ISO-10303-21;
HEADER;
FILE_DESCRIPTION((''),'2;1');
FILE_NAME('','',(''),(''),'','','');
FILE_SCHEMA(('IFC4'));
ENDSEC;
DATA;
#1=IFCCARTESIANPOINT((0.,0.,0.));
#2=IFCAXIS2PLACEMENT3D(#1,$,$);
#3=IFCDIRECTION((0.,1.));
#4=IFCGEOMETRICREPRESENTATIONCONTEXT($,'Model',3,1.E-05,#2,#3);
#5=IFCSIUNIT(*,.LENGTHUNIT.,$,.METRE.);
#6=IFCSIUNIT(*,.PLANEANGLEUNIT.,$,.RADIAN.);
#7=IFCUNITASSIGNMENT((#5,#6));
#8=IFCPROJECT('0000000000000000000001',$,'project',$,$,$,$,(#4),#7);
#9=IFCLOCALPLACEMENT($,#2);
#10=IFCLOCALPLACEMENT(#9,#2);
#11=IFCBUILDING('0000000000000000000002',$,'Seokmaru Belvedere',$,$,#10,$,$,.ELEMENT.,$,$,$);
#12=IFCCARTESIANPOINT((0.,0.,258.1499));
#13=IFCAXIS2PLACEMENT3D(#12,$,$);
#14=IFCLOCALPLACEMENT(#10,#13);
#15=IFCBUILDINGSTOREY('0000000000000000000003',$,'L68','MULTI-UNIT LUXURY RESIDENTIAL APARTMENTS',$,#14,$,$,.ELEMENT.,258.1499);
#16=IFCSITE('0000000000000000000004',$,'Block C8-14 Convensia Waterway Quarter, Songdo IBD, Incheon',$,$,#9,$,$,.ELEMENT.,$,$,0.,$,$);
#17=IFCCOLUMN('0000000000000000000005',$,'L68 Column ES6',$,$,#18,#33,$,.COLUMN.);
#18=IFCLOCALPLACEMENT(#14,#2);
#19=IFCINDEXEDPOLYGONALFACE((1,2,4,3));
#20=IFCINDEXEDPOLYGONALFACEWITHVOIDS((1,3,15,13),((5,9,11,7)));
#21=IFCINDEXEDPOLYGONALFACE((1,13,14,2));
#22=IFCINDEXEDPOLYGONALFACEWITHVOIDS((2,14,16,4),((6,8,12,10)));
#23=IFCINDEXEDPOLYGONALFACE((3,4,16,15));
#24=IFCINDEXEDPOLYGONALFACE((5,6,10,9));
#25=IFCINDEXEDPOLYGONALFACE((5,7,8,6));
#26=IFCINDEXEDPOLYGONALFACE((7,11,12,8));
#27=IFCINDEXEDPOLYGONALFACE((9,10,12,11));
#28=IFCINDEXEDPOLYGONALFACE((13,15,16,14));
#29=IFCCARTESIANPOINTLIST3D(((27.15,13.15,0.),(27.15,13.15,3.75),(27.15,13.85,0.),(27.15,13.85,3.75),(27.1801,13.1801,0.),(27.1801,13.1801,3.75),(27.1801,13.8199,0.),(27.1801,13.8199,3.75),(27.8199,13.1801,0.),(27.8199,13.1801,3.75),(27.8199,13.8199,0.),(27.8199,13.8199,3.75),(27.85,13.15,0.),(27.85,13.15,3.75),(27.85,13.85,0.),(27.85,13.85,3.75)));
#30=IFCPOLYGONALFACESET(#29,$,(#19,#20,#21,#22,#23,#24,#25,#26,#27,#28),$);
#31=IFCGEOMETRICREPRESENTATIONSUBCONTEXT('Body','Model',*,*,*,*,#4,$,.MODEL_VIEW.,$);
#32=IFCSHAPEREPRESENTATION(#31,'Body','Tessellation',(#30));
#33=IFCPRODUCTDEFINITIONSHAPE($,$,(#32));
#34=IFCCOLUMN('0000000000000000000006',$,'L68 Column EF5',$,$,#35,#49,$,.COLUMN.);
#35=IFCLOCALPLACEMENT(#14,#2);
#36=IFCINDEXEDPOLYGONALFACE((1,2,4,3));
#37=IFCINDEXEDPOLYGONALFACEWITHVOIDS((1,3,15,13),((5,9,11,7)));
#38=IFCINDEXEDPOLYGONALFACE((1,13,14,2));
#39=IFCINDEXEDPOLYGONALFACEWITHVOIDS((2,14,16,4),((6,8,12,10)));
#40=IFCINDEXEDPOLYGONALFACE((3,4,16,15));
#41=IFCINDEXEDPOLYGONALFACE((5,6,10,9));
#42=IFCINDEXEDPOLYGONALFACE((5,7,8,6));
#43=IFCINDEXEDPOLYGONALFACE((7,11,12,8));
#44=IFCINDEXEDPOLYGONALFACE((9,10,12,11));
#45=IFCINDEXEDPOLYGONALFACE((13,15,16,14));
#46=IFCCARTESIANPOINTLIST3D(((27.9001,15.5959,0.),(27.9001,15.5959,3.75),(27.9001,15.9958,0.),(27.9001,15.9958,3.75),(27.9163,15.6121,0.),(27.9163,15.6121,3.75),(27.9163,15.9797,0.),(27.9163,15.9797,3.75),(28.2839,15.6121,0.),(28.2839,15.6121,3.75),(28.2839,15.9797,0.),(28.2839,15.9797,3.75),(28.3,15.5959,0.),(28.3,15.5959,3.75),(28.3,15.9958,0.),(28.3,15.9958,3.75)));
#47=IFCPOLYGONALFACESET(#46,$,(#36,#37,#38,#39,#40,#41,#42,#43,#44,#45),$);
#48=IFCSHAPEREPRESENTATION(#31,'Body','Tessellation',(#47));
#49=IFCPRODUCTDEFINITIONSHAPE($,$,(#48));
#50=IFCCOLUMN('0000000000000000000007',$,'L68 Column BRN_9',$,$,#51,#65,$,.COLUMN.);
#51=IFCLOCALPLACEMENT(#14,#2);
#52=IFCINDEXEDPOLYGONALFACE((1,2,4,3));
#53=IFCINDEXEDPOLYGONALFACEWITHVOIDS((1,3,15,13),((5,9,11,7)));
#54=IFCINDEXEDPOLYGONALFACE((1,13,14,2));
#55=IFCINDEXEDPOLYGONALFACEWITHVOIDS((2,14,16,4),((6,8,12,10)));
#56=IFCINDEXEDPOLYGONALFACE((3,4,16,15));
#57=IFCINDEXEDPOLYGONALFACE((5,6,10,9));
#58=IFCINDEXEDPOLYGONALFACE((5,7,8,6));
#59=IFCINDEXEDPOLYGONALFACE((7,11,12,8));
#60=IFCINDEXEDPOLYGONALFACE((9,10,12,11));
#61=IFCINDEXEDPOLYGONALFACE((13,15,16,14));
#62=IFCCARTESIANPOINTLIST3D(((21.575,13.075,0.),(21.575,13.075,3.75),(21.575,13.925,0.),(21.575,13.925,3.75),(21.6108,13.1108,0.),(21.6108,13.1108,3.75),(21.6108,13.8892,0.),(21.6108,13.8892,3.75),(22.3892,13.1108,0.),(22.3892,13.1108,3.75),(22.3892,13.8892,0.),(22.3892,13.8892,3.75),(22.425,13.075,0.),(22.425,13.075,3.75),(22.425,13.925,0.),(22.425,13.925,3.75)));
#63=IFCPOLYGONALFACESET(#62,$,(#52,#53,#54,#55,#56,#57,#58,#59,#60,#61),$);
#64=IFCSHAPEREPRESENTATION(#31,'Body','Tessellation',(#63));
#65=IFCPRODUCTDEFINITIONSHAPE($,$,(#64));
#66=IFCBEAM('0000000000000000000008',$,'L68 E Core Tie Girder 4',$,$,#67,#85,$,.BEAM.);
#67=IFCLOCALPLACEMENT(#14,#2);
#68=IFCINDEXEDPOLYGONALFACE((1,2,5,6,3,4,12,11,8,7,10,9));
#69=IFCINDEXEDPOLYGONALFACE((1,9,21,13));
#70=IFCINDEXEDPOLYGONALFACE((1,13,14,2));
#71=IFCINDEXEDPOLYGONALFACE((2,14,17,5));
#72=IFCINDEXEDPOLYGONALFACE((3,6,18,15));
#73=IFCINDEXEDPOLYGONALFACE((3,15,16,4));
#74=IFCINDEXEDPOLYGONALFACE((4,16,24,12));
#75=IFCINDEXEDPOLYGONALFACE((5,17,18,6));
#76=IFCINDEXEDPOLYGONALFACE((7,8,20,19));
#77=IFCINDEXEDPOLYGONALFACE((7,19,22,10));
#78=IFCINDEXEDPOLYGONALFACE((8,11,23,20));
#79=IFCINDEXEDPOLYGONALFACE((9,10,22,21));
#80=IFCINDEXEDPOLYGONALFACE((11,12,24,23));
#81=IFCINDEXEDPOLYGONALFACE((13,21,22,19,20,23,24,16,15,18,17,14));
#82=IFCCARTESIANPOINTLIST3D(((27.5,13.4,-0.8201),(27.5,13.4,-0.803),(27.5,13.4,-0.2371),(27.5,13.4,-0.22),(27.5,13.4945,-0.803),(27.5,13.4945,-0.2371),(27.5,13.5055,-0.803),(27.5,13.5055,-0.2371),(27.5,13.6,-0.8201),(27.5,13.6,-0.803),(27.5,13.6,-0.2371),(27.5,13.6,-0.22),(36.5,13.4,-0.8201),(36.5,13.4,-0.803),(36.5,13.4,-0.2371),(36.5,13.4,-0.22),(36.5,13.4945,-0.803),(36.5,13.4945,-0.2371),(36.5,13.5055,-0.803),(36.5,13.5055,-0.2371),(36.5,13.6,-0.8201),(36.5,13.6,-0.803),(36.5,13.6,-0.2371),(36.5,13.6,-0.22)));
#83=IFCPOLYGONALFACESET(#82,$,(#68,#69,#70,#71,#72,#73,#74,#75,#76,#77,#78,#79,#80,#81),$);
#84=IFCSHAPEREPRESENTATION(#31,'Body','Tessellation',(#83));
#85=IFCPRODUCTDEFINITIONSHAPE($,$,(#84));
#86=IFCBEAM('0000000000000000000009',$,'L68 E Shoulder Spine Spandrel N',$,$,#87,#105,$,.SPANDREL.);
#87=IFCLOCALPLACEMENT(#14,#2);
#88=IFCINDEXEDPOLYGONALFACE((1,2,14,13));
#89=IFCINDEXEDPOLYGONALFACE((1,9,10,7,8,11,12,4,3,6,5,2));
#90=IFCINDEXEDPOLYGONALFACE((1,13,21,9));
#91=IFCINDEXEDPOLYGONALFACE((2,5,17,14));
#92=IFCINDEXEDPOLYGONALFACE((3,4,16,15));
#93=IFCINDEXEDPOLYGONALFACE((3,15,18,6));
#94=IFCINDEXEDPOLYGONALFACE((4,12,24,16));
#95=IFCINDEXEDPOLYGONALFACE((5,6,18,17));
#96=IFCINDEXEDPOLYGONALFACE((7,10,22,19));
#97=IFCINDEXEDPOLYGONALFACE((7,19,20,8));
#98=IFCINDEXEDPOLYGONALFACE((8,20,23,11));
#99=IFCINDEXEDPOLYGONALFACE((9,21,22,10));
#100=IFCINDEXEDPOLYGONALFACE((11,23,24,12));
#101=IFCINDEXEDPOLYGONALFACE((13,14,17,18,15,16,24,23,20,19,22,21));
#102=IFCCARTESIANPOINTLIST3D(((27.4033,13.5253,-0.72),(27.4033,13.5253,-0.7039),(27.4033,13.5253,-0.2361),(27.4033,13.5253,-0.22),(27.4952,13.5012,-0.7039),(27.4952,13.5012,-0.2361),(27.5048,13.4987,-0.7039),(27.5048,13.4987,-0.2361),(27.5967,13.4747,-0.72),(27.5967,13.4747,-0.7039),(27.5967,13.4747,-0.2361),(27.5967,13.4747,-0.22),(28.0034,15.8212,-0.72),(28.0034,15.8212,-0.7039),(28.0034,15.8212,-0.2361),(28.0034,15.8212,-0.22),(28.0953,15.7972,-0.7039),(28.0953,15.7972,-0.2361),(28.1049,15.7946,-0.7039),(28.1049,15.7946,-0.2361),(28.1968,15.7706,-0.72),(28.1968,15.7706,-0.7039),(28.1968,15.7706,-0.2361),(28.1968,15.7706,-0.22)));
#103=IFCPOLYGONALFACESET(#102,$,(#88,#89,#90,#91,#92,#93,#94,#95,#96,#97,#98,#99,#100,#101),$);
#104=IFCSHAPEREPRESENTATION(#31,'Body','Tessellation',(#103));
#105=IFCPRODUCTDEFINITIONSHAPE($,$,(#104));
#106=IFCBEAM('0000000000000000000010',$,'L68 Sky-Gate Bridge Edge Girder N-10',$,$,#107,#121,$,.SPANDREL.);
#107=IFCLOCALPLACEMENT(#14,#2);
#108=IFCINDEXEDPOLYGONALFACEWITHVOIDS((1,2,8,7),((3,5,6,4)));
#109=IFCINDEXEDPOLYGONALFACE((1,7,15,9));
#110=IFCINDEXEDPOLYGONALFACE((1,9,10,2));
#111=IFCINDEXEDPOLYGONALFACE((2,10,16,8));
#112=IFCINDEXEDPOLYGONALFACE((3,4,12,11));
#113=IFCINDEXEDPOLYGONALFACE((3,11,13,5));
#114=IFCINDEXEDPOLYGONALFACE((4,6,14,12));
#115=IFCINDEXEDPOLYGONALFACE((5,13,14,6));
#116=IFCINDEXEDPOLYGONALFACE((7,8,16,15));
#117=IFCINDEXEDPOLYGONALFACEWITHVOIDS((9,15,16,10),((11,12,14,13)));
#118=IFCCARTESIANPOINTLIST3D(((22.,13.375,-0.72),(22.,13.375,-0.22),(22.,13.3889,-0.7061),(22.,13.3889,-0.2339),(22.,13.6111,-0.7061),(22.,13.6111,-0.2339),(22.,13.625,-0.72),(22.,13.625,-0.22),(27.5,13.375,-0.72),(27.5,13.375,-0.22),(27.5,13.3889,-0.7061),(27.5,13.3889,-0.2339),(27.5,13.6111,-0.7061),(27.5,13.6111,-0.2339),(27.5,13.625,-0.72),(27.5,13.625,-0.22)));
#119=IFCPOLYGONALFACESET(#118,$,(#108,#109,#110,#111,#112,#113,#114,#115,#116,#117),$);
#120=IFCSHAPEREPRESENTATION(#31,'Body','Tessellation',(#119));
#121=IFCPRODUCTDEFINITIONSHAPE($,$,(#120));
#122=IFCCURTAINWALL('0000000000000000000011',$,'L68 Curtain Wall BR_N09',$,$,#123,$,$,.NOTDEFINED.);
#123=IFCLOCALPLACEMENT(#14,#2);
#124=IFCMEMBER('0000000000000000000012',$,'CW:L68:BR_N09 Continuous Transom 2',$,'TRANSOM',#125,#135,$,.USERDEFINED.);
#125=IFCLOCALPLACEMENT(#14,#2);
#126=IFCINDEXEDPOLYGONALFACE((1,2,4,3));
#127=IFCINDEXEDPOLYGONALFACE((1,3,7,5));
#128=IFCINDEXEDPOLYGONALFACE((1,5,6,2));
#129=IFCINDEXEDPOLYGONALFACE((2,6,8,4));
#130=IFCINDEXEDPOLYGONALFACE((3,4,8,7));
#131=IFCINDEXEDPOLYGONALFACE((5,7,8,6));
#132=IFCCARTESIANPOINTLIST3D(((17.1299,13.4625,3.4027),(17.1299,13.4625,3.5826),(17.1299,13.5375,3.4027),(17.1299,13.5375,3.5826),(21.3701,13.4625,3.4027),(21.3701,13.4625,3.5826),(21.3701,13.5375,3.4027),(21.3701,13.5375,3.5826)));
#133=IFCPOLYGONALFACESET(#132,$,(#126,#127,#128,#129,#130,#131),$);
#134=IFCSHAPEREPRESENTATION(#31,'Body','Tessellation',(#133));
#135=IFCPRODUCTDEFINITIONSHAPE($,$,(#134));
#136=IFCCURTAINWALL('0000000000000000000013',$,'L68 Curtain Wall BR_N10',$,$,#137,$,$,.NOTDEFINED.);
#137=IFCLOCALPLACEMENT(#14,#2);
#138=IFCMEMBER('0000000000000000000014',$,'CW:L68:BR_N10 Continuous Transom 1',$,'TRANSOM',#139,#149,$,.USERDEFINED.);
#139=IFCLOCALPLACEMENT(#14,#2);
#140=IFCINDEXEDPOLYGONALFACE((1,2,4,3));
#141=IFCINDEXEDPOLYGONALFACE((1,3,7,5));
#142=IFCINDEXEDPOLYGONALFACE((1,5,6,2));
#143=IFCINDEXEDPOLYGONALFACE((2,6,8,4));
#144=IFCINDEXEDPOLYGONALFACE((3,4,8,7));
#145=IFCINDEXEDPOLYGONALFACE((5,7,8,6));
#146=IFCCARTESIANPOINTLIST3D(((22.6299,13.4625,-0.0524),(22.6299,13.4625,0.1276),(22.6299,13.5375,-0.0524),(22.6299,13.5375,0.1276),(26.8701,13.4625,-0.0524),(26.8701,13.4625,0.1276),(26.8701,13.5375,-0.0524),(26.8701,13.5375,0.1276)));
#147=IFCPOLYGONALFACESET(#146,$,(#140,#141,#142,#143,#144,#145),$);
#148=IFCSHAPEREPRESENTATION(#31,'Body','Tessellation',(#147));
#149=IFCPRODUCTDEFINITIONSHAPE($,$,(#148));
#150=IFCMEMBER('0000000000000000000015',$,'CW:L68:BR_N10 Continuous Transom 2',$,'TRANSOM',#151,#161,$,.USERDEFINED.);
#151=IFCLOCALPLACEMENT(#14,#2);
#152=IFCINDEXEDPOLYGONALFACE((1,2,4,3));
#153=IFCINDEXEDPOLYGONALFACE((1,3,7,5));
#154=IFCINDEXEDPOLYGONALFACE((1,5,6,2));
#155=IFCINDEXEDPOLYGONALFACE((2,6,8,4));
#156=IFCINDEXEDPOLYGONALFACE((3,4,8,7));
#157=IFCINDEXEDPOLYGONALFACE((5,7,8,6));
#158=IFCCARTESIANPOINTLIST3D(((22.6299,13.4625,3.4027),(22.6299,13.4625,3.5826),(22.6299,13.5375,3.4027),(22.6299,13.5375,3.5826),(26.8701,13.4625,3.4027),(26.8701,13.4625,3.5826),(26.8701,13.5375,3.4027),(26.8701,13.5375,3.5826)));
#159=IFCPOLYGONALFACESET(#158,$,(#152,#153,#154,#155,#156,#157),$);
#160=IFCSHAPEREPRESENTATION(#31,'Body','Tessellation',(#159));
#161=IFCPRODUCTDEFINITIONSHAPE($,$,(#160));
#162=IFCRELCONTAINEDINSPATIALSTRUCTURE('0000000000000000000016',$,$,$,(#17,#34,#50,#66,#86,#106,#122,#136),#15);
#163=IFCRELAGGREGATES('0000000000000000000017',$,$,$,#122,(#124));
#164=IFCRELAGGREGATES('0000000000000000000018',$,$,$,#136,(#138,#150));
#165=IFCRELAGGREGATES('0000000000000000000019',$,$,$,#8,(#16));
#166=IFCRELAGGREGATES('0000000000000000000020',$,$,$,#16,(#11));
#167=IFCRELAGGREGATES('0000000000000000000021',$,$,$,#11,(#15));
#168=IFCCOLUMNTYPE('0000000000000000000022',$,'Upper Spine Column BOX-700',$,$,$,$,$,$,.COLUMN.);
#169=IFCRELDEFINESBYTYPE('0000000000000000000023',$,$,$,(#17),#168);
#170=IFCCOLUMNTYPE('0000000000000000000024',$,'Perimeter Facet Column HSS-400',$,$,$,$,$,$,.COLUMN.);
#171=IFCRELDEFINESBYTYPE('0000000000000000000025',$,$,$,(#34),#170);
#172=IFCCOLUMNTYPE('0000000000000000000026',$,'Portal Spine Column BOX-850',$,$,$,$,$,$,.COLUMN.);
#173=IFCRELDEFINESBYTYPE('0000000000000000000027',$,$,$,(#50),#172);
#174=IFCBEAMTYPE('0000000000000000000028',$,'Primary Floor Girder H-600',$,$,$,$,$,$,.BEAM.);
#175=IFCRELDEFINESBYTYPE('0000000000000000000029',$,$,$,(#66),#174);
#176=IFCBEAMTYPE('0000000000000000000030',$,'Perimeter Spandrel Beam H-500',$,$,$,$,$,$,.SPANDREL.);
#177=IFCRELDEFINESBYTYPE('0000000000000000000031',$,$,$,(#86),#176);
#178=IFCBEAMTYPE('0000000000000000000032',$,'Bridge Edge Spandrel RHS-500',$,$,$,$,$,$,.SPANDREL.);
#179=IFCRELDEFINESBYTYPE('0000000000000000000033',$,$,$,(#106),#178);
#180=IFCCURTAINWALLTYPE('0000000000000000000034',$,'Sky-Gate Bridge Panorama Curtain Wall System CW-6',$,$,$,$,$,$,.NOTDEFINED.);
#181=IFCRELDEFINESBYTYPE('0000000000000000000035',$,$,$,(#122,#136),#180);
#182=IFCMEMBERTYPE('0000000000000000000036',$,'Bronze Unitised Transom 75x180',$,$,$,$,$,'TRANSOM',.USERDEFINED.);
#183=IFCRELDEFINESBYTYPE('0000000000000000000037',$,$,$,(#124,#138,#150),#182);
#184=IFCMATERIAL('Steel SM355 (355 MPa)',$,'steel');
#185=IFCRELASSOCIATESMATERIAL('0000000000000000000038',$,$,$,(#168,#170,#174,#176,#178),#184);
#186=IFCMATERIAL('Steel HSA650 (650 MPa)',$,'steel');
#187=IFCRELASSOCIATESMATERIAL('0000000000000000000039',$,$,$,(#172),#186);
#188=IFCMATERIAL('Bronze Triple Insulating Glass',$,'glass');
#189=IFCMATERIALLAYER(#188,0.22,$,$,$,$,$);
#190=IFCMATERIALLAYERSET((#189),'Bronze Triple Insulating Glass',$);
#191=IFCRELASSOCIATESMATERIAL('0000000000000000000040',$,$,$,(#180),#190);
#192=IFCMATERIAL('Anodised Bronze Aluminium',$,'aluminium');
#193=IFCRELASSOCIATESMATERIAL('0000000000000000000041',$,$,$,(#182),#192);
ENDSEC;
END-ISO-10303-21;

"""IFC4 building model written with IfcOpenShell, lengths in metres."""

from ifc_helpers import new_model, si_unit, direction, frame, origin, origin_2d, place, context, subcontext, project, spatial, rectangle, hollow_rectangle, i_section, extrude, source, transform, mapped, material, layer, layer_set, material_profile, profile_set, type_object, type_shapes, element, aggregate, save


model = new_model("IFC4")

# Units and contexts
model_context = context("Model", 3, precision=1e-05, world=origin(), true_north=direction((0.0, 1.0)))
body_context = subcontext(model_context, "Body", "Model", "MODEL_VIEW")
ifc_project = project(units=[si_unit("LENGTHUNIT", "METRE"), si_unit("PLANEANGLEUNIT", "RADIAN")], contexts=[model_context])

# Site, building, storey
site_placement = place(None, origin())
site = spatial("IfcSite", under=ifc_project, at=site_placement, Name="Block C8-14 Convensia Waterway Quarter, Songdo IBD, Incheon", CompositionType="ELEMENT", RefElevation=0.0)
building_placement = place(site_placement, origin())
building = spatial("IfcBuilding", under=site, at=building_placement, Name="Seokmaru Belvedere", CompositionType="ELEMENT")
storey_placement = place(building_placement, frame((0.0, 0.0, 258.1499)))
storey = spatial("IfcBuildingStorey", under=building, at=storey_placement, Name="L68", Description="MULTI-UNIT LUXURY RESIDENTIAL APARTMENTS", CompositionType="ELEMENT", Elevation=258.1499)

# Columns
ifc_material_1 = material(Name="Steel SM355 (355 MPa)", Category="steel")
ifc_material_profile_1 = material_profile(ifc_material_1, hollow_rectangle(XDim=0.7, YDim=0.7, WallThickness=0.03, at=origin_2d()), Name="BOX-700x700x30")
ifc_profile_set_1 = profile_set([ifc_material_profile_1], Name="Steel SM355 (355 MPa)")
column_type_1 = type_object("IfcColumnType", Name="Upper Spine Column BOX-700", PredefinedType="COLUMN", material=ifc_profile_set_1)
shared_shape_1 = source(origin(), body_context, "Body", "SweptSolid", [
    extrude(hollow_rectangle(XDim=0.7, YDim=0.7, WallThickness=0.03, at=origin_2d()), origin(), (0.0, 0.0, 1.0), 3.75),
])
type_shapes(column_type_1, [shared_shape_1])
column_1_placement = place(storey_placement, frame((27.5, 13.5, 0.0), z_axis=(0.0, 0.0, 1.0), x_axis=(1.0, 0.0, 0.0)))
element("IfcColumn", 1, at=column_1_placement, inside=storey, type_object=column_type_1, Name="L68 Column ES6", PredefinedType="COLUMN", context=body_context, shape_type="MappedRepresentation", body=[
    mapped(shared_shape_1, transform((0.0, 0.0, 0.0), scale=1.0)),
])
ifc_material_profile_2 = material_profile(ifc_material_1, hollow_rectangle(XDim=0.3999, YDim=0.3999, WallThickness=0.0161, at=origin_2d()), Name="HSS-400x400x16")
ifc_profile_set_2 = profile_set([ifc_material_profile_2], Name="Steel SM355 (355 MPa)")
column_type_2 = type_object("IfcColumnType", Name="Perimeter Facet Column HSS-400", PredefinedType="COLUMN", material=ifc_profile_set_2)
shared_shape_2 = source(origin(), body_context, "Body", "SweptSolid", [
    extrude(hollow_rectangle(XDim=0.3999, YDim=0.3999, WallThickness=0.0161, at=origin_2d()), origin(), (0.0, 0.0, 1.0), 3.75),
])
type_shapes(column_type_2, [shared_shape_2])
column_2_placement = place(storey_placement, frame((28.1001, 15.7959, 0.0), z_axis=(0.0, 0.0, 1.0), x_axis=(1.0, 0.0, 0.0)))
element("IfcColumn", 2, at=column_2_placement, inside=storey, type_object=column_type_2, Name="L68 Column EF5", PredefinedType="COLUMN", context=body_context, shape_type="MappedRepresentation", body=[
    mapped(shared_shape_2, transform((0.0, 0.0, 0.0), scale=1.0)),
])
ifc_material_2 = material(Name="Steel HSA650 (650 MPa)", Category="steel")
ifc_material_profile_3 = material_profile(ifc_material_2, hollow_rectangle(XDim=0.8501, YDim=0.8501, WallThickness=0.0359, at=origin_2d()), Name="BOX-850x850x36")
ifc_profile_set_3 = profile_set([ifc_material_profile_3], Name="Steel HSA650 (650 MPa)")
column_type_3 = type_object("IfcColumnType", Name="Portal Spine Column BOX-850", PredefinedType="COLUMN", material=ifc_profile_set_3)
shared_shape_3 = source(origin(), body_context, "Body", "SweptSolid", [
    extrude(hollow_rectangle(XDim=0.8501, YDim=0.8501, WallThickness=0.0359, at=origin_2d()), origin(), (0.0, 0.0, 1.0), 3.75),
])
type_shapes(column_type_3, [shared_shape_3])
column_3_placement = place(storey_placement, frame((22.0, 13.5, 0.0), z_axis=(0.0, 0.0, 1.0), x_axis=(1.0, 0.0, 0.0)))
element("IfcColumn", 3, at=column_3_placement, inside=storey, type_object=column_type_3, Name="L68 Column BRN_9", PredefinedType="COLUMN", context=body_context, shape_type="MappedRepresentation", body=[
    mapped(shared_shape_3, transform((0.0, 0.0, 0.0), scale=1.0)),
])

# Beams
ifc_material_profile_4 = material_profile(ifc_material_1, i_section(OverallWidth=0.2, OverallDepth=0.6001, WebThickness=0.011, FlangeThickness=0.0171, at=origin_2d()), Name="H-600x200x11x17")
ifc_profile_set_4 = profile_set([ifc_material_profile_4], Name="Steel SM355 (355 MPa)")
beam_type_1 = type_object("IfcBeamType", Name="Primary Floor Girder H-600", PredefinedType="BEAM", material=ifc_profile_set_4)
shared_shape_4 = source(origin(), body_context, "Body", "SweptSolid", [
    extrude(i_section(OverallWidth=0.2, OverallDepth=0.6001, WebThickness=0.011, FlangeThickness=0.0171, at=origin_2d()), origin(), (0.0, 0.0, 1.0), 9.0),
])
type_shapes(beam_type_1, [shared_shape_4])
beam_1_placement = place(storey_placement, frame((27.5, 13.5, -0.52), z_axis=(1.0, 0.0, 0.0), x_axis=(0.0, 1.0, 0.0)))
element("IfcBeam", 4, at=beam_1_placement, inside=storey, type_object=beam_type_1, Name="L68 E Core Tie Girder 4", PredefinedType="BEAM", context=body_context, shape_type="MappedRepresentation", body=[
    mapped(shared_shape_4, transform((0.0, 0.0, 0.0), scale=1.0)),
])
ifc_material_profile_5 = material_profile(ifc_material_1, i_section(OverallWidth=0.2, OverallDepth=0.5, WebThickness=0.01, FlangeThickness=0.0161, at=origin_2d()), Name="H-500x200x10x16")
ifc_profile_set_5 = profile_set([ifc_material_profile_5], Name="Steel SM355 (355 MPa)")
beam_type_2 = type_object("IfcBeamType", Name="Perimeter Spandrel Beam H-500", PredefinedType="SPANDREL", material=ifc_profile_set_5)
shared_shape_5 = source(origin(), body_context, "Body", "SweptSolid", [
    extrude(i_section(OverallWidth=0.2, OverallDepth=0.5, WebThickness=0.01, FlangeThickness=0.0161, at=origin_2d()), origin(), (0.0, 0.0, 1.0), 2.373),
])
type_shapes(beam_type_2, [shared_shape_5])
beam_2_placement = place(storey_placement, frame((28.1001, 15.7959, -0.47), z_axis=(-0.252883, -0.967497, 0.0), x_axis=(0.967497, -0.252883, 0.0)))
element("IfcBeam", 5, at=beam_2_placement, inside=storey, type_object=beam_type_2, Name="L68 E Shoulder Spine Spandrel N", PredefinedType="SPANDREL", context=body_context, shape_type="MappedRepresentation", body=[
    mapped(shared_shape_5, transform((0.0, 0.0, 0.0), scale=1.0)),
])
ifc_material_profile_6 = material_profile(ifc_material_1, hollow_rectangle(XDim=0.25, YDim=0.5, WallThickness=0.0139, at=origin_2d()), Name="RHS-500x250x14")
ifc_profile_set_6 = profile_set([ifc_material_profile_6], Name="Steel SM355 (355 MPa)")
beam_type_3 = type_object("IfcBeamType", Name="Bridge Edge Spandrel RHS-500", PredefinedType="SPANDREL", material=ifc_profile_set_6)
shared_shape_6 = source(origin(), body_context, "Body", "SweptSolid", [
    extrude(hollow_rectangle(XDim=0.25, YDim=0.5, WallThickness=0.0139, at=origin_2d()), origin(), (0.0, 0.0, 1.0), 5.5),
])
type_shapes(beam_type_3, [shared_shape_6])
beam_3_placement = place(storey_placement, frame((22.0, 13.5, -0.47), z_axis=(1.0, 0.0, 0.0), x_axis=(0.0, 1.0, 0.0)))
element("IfcBeam", 6, at=beam_3_placement, inside=storey, type_object=beam_type_3, Name="L68 Sky-Gate Bridge Edge Girder N-10", PredefinedType="SPANDREL", context=body_context, shape_type="MappedRepresentation", body=[
    mapped(shared_shape_6, transform((0.0, 0.0, 0.0), scale=1.0)),
])

# Curtain wall, member
ifc_material_3 = material(Name="Bronze Triple Insulating Glass", Category="glass")
ifc_layer_1 = layer(ifc_material_3, 0.22)
ifc_layer_set_1 = layer_set([ifc_layer_1], Name="Bronze Triple Insulating Glass")
curtain_wall_type = type_object("IfcCurtainWallType", Name="Sky-Gate Bridge Panorama Curtain Wall System CW-6", PredefinedType="NOTDEFINED", material=ifc_layer_set_1)
curtain_wall_1_placement = place(storey_placement, origin())
curtain_wall_1 = element("IfcCurtainWall", 7, at=curtain_wall_1_placement, inside=storey, type_object=curtain_wall_type, Name="L68 Curtain Wall BR_N09", PredefinedType="NOTDEFINED")
ifc_material_4 = material(Name="Anodised Bronze Aluminium", Category="aluminium")
ifc_material_profile_7 = material_profile(ifc_material_4, rectangle(XDim=0.075, YDim=0.1799, at=origin_2d()), Name="CW-T-75x180")
ifc_profile_set_7 = profile_set([ifc_material_profile_7], Name="Anodised Bronze Aluminium")
member_type_1 = type_object("IfcMemberType", Name="Bronze Unitised Transom 75x180", ElementType="TRANSOM", PredefinedType="USERDEFINED", material=ifc_profile_set_7)
shared_shape_7 = source(origin(), body_context, "Body", "SweptSolid", [
    extrude(rectangle(XDim=0.075, YDim=0.1799, at=origin_2d()), origin(), (0.0, 0.0, 1.0), 4.2402),
])
type_shapes(member_type_1, [shared_shape_7])
member_1_placement = place(storey_placement, frame((21.3701, 13.5, 3.4927), z_axis=(-1.0, 0.0, 0.0), x_axis=(0.0, -1.0, 0.0)))
member_1 = element("IfcMember", 8, at=member_1_placement, type_object=member_type_1, Name="CW:L68:BR_N09 Continuous Transom 2", ObjectType="TRANSOM", PredefinedType="USERDEFINED", context=body_context, shape_type="MappedRepresentation", body=[
    mapped(shared_shape_7, transform((0.0, 0.0, 0.0), scale=1.0)),
])

# Curtain wall, members
curtain_wall_2_placement = place(storey_placement, origin())
curtain_wall_2 = element("IfcCurtainWall", 9, at=curtain_wall_2_placement, inside=storey, type_object=curtain_wall_type, Name="L68 Curtain Wall BR_N10", PredefinedType="NOTDEFINED")
member_2_placement = place(storey_placement, frame((26.8701, 13.5, 0.0376), z_axis=(-1.0, 0.0, 0.0), x_axis=(0.0, -1.0, 0.0)))
member_2 = element("IfcMember", 10, at=member_2_placement, type_object=member_type_1, Name="CW:L68:BR_N10 Continuous Transom 1", ObjectType="TRANSOM", PredefinedType="USERDEFINED", context=body_context, shape_type="MappedRepresentation", body=[
    mapped(shared_shape_7, transform((0.0, 0.0, 0.0), scale=1.0)),
])
member_3_placement = place(storey_placement, frame((26.8701, 13.5, 3.4927), z_axis=(-1.0, 0.0, 0.0), x_axis=(0.0, -1.0, 0.0)))
member_3 = element("IfcMember", 11, at=member_3_placement, type_object=member_type_1, Name="CW:L68:BR_N10 Continuous Transom 2", ObjectType="TRANSOM", PredefinedType="USERDEFINED", context=body_context, shape_type="MappedRepresentation", body=[
    mapped(shared_shape_7, transform((0.0, 0.0, 0.0), scale=1.0)),
])

aggregate(curtain_wall_1, [member_1])

aggregate(curtain_wall_2, [member_2, member_3])

save(model, "model.ifc")
